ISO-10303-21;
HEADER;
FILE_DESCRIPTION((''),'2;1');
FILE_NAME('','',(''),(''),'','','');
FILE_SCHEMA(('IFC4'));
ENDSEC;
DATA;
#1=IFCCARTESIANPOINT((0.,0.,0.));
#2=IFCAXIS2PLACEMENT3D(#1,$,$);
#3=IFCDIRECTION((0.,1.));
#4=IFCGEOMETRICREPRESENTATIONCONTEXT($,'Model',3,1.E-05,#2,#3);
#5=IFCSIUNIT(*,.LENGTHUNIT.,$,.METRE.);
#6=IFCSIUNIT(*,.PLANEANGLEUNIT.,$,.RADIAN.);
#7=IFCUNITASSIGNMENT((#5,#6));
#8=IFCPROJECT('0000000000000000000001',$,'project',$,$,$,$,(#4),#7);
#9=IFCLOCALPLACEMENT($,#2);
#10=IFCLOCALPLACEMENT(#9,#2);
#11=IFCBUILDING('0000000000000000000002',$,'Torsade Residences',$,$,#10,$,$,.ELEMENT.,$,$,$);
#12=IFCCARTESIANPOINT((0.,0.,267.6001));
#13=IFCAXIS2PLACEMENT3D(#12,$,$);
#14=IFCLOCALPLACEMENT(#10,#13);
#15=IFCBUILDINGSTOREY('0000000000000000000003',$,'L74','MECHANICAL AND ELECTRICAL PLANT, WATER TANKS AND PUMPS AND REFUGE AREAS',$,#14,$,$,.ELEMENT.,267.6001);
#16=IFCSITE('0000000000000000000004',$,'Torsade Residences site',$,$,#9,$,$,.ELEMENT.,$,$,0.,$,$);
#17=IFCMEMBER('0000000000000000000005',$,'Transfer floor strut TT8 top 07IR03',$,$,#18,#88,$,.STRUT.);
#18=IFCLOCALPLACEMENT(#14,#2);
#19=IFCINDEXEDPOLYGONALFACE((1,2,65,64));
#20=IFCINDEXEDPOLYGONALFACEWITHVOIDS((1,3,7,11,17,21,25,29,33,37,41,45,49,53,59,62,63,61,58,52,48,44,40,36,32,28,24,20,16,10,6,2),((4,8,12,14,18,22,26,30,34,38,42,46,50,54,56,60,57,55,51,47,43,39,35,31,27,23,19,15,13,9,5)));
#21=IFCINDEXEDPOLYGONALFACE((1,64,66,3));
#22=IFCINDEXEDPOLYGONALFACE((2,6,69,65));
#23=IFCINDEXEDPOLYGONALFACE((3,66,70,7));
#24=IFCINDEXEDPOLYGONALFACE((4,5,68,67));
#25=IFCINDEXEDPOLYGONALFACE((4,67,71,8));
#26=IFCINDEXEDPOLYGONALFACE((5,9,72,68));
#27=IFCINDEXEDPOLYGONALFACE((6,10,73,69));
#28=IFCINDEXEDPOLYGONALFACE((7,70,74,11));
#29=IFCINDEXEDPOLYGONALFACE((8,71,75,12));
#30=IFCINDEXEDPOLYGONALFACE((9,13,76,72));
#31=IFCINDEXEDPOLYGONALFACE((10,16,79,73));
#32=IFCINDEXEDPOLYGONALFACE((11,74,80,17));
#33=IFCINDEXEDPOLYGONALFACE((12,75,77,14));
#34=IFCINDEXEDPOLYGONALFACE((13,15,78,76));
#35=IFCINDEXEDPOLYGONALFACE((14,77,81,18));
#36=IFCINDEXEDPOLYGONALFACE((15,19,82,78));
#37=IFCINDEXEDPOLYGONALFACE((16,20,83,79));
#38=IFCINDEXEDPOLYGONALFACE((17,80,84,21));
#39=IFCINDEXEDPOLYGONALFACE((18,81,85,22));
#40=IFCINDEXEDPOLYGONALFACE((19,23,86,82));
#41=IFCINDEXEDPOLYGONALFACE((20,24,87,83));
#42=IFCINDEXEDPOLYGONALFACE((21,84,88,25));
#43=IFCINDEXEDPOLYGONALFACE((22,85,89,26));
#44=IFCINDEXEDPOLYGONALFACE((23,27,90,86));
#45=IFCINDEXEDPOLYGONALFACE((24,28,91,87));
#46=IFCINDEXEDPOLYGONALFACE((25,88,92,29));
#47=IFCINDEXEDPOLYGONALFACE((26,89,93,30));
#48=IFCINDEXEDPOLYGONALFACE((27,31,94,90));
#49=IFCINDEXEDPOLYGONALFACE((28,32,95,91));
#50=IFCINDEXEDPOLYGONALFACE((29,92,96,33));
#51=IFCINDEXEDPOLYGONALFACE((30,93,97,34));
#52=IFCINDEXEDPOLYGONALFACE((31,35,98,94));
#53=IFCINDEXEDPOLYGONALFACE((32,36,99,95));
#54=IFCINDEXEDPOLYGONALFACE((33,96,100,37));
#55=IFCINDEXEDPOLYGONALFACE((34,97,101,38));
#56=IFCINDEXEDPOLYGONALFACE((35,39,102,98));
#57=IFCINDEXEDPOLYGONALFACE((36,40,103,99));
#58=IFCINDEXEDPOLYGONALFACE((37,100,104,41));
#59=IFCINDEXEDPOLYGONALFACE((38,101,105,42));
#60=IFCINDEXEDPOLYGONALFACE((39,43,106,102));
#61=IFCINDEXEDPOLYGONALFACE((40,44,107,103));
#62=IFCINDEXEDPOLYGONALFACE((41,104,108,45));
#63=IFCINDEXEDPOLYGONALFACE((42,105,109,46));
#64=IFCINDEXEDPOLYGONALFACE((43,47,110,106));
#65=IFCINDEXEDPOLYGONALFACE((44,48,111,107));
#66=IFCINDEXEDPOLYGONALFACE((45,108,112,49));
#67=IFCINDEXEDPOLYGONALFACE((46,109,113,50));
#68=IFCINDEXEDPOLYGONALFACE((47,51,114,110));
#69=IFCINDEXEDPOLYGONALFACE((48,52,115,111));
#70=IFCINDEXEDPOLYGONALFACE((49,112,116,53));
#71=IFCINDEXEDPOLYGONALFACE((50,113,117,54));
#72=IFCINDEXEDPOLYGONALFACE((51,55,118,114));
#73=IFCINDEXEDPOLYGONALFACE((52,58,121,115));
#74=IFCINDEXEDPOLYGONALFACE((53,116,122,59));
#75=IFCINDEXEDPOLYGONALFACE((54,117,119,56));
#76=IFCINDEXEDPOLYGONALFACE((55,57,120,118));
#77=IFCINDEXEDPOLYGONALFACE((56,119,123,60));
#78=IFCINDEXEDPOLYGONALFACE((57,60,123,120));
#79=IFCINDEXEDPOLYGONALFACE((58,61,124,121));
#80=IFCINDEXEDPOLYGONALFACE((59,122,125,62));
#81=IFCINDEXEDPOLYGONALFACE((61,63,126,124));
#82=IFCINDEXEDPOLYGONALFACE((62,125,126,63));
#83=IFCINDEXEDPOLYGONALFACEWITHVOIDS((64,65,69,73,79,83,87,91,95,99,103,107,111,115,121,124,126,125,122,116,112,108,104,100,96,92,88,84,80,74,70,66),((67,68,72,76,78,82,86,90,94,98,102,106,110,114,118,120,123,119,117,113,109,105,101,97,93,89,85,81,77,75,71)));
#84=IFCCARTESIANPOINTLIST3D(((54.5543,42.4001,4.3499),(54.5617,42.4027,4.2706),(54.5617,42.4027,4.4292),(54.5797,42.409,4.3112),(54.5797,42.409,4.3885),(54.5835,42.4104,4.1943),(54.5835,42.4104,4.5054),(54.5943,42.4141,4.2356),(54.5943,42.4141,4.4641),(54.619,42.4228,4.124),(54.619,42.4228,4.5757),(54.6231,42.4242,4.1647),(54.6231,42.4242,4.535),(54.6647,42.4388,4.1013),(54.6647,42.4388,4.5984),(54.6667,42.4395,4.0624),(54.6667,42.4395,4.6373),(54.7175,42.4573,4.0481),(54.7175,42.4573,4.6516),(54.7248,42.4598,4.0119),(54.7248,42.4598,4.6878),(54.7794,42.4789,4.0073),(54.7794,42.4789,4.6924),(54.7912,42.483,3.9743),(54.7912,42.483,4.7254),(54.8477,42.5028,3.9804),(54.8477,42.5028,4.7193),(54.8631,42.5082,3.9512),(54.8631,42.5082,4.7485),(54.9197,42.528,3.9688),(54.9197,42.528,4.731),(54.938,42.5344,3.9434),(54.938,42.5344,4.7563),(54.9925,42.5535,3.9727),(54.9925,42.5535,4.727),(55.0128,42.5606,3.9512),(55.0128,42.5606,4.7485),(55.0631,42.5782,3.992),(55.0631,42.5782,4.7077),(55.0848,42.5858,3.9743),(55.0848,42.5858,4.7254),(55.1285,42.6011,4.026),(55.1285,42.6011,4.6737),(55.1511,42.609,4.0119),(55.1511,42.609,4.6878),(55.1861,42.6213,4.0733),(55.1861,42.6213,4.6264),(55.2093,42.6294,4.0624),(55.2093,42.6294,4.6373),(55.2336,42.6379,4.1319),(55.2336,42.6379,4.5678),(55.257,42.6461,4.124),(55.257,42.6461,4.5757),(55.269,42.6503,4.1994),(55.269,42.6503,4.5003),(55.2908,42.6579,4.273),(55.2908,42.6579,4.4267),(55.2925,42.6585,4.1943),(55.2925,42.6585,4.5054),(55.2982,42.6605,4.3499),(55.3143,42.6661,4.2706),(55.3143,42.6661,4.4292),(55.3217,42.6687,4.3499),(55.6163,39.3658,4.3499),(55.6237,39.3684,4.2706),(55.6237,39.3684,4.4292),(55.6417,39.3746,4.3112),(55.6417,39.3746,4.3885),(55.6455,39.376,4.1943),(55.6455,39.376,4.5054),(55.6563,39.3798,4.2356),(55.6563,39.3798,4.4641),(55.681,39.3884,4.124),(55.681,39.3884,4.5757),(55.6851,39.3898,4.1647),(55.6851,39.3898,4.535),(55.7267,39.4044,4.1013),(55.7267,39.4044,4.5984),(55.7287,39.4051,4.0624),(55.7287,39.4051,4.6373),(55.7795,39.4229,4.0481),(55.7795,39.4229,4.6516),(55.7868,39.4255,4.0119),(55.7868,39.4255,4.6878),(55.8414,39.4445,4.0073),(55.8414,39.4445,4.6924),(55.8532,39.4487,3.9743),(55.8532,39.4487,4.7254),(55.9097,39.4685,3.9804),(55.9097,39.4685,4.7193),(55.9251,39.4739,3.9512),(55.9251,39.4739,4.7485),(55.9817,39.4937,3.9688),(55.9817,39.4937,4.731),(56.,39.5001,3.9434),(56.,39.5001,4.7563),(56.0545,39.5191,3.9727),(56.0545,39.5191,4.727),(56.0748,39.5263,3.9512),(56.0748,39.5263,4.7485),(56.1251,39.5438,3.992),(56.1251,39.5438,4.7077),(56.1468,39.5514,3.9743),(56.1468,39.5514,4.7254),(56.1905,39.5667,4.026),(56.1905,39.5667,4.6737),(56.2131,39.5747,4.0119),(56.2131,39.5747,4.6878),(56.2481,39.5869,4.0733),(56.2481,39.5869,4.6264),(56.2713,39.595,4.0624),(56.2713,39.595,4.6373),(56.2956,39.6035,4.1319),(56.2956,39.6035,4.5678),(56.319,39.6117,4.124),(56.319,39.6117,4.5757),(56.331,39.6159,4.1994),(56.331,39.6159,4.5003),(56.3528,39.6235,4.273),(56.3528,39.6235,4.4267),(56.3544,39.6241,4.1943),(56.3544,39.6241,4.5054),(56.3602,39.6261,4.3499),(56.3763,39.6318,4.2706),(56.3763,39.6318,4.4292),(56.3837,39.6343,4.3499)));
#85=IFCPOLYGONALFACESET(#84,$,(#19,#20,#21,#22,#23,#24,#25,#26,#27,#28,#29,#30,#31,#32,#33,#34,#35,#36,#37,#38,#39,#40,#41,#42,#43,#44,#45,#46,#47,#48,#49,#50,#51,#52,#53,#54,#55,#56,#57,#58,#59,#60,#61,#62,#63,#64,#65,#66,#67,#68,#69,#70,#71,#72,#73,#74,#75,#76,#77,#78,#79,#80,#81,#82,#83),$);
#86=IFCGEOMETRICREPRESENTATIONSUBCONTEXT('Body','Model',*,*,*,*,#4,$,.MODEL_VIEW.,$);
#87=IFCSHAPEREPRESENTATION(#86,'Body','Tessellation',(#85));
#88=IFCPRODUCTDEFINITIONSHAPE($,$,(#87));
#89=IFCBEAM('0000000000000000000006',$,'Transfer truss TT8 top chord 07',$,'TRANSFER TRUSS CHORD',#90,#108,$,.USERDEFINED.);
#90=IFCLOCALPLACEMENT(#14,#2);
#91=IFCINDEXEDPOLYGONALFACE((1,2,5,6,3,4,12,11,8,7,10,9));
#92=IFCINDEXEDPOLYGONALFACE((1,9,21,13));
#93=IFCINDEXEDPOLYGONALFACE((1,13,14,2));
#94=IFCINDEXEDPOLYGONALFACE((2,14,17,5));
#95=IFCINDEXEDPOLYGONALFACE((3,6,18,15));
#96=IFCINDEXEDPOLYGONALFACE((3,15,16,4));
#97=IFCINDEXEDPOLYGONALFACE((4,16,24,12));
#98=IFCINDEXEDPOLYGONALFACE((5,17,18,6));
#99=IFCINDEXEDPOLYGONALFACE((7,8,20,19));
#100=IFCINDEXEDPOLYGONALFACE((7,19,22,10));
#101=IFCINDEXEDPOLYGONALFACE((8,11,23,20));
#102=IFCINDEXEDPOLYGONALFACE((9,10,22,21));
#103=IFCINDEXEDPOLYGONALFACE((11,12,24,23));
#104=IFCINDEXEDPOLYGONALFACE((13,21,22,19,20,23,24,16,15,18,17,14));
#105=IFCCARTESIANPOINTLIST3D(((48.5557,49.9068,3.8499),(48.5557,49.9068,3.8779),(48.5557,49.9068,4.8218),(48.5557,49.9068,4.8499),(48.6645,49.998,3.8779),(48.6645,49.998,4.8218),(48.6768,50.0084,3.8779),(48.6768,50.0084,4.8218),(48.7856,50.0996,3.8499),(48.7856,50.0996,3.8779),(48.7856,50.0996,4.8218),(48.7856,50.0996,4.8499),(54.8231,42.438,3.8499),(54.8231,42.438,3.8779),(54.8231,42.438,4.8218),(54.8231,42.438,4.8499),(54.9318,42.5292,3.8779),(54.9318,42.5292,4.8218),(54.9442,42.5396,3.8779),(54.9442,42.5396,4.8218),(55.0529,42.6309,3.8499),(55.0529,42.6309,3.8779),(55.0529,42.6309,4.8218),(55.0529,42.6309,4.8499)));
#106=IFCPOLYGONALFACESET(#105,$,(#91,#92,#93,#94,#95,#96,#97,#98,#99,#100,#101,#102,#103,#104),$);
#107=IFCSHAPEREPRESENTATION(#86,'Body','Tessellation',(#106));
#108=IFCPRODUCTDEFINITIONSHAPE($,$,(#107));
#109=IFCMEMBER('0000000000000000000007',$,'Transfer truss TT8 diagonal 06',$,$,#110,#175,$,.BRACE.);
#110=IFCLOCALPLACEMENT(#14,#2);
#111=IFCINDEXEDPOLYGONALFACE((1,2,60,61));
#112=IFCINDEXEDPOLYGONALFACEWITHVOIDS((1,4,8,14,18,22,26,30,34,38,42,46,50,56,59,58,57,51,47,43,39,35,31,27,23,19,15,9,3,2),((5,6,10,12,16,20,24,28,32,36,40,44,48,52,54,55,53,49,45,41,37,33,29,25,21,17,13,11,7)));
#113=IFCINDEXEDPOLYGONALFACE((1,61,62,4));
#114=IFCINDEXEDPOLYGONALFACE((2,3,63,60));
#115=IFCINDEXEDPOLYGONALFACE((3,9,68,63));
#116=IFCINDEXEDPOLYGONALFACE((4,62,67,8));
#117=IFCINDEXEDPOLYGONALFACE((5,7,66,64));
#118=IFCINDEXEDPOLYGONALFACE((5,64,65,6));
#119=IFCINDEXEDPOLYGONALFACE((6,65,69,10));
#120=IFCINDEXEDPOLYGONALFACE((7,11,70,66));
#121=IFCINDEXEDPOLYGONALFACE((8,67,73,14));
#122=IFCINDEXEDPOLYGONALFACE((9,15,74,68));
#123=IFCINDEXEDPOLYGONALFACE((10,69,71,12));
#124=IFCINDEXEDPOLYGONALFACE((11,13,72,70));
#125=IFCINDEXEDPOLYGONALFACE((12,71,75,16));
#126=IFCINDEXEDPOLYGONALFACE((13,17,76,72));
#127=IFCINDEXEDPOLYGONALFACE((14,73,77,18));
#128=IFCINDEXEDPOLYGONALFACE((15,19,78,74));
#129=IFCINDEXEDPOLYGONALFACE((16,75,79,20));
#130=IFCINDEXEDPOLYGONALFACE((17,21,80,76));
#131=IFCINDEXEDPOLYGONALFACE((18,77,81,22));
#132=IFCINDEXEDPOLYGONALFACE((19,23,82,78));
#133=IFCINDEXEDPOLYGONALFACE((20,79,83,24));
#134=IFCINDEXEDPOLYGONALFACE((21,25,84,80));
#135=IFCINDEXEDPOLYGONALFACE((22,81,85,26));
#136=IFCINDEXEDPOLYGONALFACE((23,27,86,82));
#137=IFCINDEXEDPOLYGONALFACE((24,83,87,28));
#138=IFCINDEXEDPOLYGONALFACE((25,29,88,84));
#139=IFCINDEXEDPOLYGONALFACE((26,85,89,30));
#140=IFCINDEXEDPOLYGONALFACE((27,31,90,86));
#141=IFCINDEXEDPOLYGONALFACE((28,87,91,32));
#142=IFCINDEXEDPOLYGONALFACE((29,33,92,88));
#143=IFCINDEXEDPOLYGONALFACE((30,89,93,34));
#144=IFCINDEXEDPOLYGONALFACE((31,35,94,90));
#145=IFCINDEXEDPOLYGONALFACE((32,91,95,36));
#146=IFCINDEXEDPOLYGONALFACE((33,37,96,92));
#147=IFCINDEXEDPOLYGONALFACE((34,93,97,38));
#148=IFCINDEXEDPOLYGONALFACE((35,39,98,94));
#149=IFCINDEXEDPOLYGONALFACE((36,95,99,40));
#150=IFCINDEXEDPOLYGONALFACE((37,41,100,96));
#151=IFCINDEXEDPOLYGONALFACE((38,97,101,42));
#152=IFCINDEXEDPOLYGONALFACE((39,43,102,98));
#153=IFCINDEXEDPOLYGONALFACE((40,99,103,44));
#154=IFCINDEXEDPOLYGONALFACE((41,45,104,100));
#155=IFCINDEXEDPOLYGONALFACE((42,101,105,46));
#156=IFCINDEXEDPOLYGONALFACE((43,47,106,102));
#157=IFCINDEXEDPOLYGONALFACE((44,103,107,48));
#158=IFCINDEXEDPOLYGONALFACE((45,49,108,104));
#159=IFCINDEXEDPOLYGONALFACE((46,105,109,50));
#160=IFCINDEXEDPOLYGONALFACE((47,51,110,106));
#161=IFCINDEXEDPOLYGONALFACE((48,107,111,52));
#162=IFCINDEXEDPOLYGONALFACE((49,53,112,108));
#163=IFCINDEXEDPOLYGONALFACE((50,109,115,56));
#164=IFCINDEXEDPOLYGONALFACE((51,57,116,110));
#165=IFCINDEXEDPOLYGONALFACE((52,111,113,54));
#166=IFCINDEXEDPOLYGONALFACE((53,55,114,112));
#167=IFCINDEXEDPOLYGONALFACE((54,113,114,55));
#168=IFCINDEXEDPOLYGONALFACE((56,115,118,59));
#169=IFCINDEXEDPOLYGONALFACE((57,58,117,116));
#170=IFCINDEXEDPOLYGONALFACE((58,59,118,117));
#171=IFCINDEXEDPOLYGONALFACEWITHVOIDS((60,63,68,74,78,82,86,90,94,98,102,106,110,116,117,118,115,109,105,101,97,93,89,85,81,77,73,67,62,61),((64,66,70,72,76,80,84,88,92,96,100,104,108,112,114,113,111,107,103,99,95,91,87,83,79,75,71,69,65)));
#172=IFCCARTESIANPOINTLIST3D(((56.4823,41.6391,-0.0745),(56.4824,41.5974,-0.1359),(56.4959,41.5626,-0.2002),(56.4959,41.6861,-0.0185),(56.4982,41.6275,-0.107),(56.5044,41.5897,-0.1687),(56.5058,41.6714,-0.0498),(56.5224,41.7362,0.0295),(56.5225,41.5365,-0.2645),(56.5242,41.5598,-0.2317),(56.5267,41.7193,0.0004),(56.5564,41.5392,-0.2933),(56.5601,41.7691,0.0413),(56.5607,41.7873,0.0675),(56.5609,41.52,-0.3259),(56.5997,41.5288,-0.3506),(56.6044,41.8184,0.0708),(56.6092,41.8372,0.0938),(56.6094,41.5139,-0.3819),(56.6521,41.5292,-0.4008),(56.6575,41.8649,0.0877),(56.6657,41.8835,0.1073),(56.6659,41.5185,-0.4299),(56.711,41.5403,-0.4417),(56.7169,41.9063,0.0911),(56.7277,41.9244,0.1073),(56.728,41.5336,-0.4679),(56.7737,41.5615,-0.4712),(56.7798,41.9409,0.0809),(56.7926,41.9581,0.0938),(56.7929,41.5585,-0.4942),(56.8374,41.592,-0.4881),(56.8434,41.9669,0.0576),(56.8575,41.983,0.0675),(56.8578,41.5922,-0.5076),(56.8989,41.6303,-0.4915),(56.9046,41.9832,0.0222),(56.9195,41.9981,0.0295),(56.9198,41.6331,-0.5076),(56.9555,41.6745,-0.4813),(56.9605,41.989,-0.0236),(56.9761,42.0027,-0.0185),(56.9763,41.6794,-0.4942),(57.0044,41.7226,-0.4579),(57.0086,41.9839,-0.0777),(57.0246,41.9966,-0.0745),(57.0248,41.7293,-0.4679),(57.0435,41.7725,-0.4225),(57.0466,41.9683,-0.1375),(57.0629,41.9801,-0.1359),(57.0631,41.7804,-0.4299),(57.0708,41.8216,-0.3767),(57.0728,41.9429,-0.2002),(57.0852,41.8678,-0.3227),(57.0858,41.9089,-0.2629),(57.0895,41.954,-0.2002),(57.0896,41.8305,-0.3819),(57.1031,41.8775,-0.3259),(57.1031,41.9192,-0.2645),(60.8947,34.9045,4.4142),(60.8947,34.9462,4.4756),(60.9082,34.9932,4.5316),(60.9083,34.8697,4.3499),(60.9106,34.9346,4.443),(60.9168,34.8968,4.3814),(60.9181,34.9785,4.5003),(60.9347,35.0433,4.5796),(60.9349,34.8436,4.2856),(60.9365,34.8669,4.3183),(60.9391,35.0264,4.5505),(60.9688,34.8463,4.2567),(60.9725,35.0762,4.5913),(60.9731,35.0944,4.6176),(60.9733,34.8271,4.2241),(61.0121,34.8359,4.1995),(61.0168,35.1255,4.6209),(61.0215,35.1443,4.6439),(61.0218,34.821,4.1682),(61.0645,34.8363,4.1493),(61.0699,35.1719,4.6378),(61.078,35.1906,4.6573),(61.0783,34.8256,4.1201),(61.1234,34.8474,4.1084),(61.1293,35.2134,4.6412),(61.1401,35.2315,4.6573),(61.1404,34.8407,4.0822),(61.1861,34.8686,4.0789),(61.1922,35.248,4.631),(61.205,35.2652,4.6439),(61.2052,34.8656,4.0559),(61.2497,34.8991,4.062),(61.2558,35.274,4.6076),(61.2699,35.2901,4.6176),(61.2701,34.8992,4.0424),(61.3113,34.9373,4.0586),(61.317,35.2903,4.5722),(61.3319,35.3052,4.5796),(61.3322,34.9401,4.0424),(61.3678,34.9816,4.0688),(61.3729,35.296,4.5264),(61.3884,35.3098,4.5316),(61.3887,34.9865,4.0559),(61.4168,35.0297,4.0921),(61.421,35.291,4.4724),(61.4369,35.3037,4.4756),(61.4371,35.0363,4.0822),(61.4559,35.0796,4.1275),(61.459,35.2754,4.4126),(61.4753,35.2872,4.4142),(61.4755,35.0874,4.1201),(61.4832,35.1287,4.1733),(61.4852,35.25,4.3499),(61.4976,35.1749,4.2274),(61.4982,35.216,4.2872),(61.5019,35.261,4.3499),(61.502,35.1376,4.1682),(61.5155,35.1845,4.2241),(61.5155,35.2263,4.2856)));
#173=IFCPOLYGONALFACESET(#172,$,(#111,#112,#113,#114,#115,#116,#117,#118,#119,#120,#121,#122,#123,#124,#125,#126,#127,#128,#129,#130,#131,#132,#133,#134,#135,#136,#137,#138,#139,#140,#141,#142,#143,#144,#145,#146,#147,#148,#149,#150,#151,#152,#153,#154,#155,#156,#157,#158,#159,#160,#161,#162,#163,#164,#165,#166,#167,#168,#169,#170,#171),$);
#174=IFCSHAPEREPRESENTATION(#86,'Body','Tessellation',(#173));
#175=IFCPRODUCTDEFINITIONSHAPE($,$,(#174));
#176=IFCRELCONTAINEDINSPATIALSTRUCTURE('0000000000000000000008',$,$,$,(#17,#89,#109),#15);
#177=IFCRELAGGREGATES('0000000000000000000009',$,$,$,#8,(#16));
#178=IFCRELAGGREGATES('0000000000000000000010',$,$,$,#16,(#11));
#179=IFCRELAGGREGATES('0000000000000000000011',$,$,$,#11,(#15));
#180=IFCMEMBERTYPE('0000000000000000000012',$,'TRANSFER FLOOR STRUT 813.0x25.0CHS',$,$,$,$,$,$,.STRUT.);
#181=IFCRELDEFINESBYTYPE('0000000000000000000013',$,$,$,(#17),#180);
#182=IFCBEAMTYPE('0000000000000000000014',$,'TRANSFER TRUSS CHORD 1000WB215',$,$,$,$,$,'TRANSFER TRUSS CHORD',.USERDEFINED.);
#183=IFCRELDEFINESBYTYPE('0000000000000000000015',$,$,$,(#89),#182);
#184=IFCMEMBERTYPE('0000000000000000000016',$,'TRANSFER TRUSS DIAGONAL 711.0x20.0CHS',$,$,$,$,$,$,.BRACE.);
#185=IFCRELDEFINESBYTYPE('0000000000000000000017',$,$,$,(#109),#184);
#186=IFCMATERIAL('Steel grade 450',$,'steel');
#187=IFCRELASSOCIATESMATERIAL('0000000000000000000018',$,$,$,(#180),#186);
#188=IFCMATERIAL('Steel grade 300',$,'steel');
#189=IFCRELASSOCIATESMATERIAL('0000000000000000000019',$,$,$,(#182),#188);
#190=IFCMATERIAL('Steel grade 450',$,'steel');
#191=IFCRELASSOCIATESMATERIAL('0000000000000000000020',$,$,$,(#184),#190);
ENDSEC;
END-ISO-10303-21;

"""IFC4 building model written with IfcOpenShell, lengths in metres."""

from ifc_helpers import new_model, si_unit, direction, frame, origin, origin_2d, place, context, subcontext, project, spatial, hollow_circle, i_section, extrude, material, material_profile, profile_set, type_object, element, save


model = new_model("IFC4")

# Units and contexts
model_context = context("Model", 3, precision=1e-05, world=origin(), true_north=direction((0.0, 1.0)))
body_context = subcontext(model_context, "Body", "Model", "MODEL_VIEW")
ifc_project = project(units=[si_unit("LENGTHUNIT", "METRE"), si_unit("PLANEANGLEUNIT", "RADIAN")], contexts=[model_context])

# Site, building, storey
site_placement = place(None, origin())
site = spatial("IfcSite", under=ifc_project, at=site_placement, Name="Torsade Residences site", CompositionType="ELEMENT", RefElevation=0.0)
building_placement = place(site_placement, origin())
building = spatial("IfcBuilding", under=site, at=building_placement, Name="Torsade Residences", CompositionType="ELEMENT")
storey_placement = place(building_placement, frame((0.0, 0.0, 267.6001)))
storey = spatial("IfcBuildingStorey", under=building, at=storey_placement, Name="L74", Description="MECHANICAL AND ELECTRICAL PLANT, WATER TANKS AND PUMPS AND REFUGE AREAS", CompositionType="ELEMENT", Elevation=267.6001)

# Member
ifc_material_1 = material(Name="Steel grade 450", Category="steel")
ifc_material_profile_1 = material_profile(ifc_material_1, hollow_circle(Radius=0.4065, WallThickness=0.0249, at=origin_2d()), Name="813.0x25.0CHS")
ifc_profile_set_1 = profile_set([ifc_material_profile_1], Name="Steel grade 450")
member_type_1 = type_object("IfcMemberType", Name="TRANSFER FLOOR STRUT 813.0x25.0CHS", PredefinedType="STRUT", material=ifc_profile_set_1)
member_1_placement = place(storey_placement, frame((54.938, 42.5344, 4.3499), z_axis=(0.33034, -0.943862, 0.0), x_axis=(0.943862, 0.33034, 0.0)))
element("IfcMember", 1, at=member_1_placement, inside=storey, type_object=member_type_1, Name="Transfer floor strut TT8 top 07IR03", PredefinedType="STRUT", context=body_context, shape_type="SweptSolid", body=[
    extrude(hollow_circle(Radius=0.4065, WallThickness=0.0249, at=origin_2d()), origin(), (0.0, 0.0, 1.0), 3.2148),
])

# Beam
ifc_material_2 = material(Name="Steel grade 300", Category="steel")
ifc_material_profile_2 = material_profile(ifc_material_2, i_section(OverallWidth=0.3, OverallDepth=1.0, WebThickness=0.0161, FlangeThickness=0.0281, at=origin_2d()), Name="1000WB215")
ifc_profile_set_2 = profile_set([ifc_material_profile_2], Name="Steel grade 300")
beam_type_1 = type_object("IfcBeamType", Name="TRANSFER TRUSS CHORD 1000WB215", ElementType="TRANSFER TRUSS CHORD", PredefinedType="USERDEFINED", material=ifc_profile_set_2)
beam_1_placement = place(storey_placement, frame((54.938, 42.5344, 4.3499), z_axis=(-0.642806, 0.766029, 0.0), x_axis=(-0.766029, -0.642806, 0.0)))
element("IfcBeam", 2, at=beam_1_placement, inside=storey, type_object=beam_type_1, Name="Transfer truss TT8 top chord 07", ObjectType="TRANSFER TRUSS CHORD", PredefinedType="USERDEFINED", context=body_context, shape_type="SweptSolid", body=[
    extrude(i_section(OverallWidth=0.3, OverallDepth=1.0, WebThickness=0.0161, FlangeThickness=0.0281, at=origin_2d()), origin(), (0.0, 0.0, 1.0), 9.75),
])

# Member
ifc_material_3 = material(Name="Steel grade 450", Category="steel")
ifc_material_profile_3 = material_profile(ifc_material_3, hollow_circle(Radius=0.3555, WallThickness=0.02, at=origin_2d()), Name="711.0x20.0CHS")
ifc_profile_set_3 = profile_set([ifc_material_profile_3], Name="Steel grade 450")
member_type_2 = type_object("IfcMemberType", Name="TRANSFER TRUSS DIAGONAL 711.0x20.0CHS", PredefinedType="BRACE", material=ifc_profile_set_3)
member_2_placement = place(storey_placement, frame((56.7927, 41.7583, -0.2002), z_axis=(0.478682, -0.726088, 0.49362), x_axis=(0.834893, 0.550413, 0.0)))
element("IfcMember", 3, at=member_2_placement, inside=storey, type_object=member_type_2, Name="Transfer truss TT8 diagonal 06", PredefinedType="BRACE", context=body_context, shape_type="SweptSolid", body=[
    extrude(hollow_circle(Radius=0.3555, WallThickness=0.02, at=origin_2d()), origin(), (0.0, 0.0, 1.0), 9.2178),
])

save(model, "model.ifc")
